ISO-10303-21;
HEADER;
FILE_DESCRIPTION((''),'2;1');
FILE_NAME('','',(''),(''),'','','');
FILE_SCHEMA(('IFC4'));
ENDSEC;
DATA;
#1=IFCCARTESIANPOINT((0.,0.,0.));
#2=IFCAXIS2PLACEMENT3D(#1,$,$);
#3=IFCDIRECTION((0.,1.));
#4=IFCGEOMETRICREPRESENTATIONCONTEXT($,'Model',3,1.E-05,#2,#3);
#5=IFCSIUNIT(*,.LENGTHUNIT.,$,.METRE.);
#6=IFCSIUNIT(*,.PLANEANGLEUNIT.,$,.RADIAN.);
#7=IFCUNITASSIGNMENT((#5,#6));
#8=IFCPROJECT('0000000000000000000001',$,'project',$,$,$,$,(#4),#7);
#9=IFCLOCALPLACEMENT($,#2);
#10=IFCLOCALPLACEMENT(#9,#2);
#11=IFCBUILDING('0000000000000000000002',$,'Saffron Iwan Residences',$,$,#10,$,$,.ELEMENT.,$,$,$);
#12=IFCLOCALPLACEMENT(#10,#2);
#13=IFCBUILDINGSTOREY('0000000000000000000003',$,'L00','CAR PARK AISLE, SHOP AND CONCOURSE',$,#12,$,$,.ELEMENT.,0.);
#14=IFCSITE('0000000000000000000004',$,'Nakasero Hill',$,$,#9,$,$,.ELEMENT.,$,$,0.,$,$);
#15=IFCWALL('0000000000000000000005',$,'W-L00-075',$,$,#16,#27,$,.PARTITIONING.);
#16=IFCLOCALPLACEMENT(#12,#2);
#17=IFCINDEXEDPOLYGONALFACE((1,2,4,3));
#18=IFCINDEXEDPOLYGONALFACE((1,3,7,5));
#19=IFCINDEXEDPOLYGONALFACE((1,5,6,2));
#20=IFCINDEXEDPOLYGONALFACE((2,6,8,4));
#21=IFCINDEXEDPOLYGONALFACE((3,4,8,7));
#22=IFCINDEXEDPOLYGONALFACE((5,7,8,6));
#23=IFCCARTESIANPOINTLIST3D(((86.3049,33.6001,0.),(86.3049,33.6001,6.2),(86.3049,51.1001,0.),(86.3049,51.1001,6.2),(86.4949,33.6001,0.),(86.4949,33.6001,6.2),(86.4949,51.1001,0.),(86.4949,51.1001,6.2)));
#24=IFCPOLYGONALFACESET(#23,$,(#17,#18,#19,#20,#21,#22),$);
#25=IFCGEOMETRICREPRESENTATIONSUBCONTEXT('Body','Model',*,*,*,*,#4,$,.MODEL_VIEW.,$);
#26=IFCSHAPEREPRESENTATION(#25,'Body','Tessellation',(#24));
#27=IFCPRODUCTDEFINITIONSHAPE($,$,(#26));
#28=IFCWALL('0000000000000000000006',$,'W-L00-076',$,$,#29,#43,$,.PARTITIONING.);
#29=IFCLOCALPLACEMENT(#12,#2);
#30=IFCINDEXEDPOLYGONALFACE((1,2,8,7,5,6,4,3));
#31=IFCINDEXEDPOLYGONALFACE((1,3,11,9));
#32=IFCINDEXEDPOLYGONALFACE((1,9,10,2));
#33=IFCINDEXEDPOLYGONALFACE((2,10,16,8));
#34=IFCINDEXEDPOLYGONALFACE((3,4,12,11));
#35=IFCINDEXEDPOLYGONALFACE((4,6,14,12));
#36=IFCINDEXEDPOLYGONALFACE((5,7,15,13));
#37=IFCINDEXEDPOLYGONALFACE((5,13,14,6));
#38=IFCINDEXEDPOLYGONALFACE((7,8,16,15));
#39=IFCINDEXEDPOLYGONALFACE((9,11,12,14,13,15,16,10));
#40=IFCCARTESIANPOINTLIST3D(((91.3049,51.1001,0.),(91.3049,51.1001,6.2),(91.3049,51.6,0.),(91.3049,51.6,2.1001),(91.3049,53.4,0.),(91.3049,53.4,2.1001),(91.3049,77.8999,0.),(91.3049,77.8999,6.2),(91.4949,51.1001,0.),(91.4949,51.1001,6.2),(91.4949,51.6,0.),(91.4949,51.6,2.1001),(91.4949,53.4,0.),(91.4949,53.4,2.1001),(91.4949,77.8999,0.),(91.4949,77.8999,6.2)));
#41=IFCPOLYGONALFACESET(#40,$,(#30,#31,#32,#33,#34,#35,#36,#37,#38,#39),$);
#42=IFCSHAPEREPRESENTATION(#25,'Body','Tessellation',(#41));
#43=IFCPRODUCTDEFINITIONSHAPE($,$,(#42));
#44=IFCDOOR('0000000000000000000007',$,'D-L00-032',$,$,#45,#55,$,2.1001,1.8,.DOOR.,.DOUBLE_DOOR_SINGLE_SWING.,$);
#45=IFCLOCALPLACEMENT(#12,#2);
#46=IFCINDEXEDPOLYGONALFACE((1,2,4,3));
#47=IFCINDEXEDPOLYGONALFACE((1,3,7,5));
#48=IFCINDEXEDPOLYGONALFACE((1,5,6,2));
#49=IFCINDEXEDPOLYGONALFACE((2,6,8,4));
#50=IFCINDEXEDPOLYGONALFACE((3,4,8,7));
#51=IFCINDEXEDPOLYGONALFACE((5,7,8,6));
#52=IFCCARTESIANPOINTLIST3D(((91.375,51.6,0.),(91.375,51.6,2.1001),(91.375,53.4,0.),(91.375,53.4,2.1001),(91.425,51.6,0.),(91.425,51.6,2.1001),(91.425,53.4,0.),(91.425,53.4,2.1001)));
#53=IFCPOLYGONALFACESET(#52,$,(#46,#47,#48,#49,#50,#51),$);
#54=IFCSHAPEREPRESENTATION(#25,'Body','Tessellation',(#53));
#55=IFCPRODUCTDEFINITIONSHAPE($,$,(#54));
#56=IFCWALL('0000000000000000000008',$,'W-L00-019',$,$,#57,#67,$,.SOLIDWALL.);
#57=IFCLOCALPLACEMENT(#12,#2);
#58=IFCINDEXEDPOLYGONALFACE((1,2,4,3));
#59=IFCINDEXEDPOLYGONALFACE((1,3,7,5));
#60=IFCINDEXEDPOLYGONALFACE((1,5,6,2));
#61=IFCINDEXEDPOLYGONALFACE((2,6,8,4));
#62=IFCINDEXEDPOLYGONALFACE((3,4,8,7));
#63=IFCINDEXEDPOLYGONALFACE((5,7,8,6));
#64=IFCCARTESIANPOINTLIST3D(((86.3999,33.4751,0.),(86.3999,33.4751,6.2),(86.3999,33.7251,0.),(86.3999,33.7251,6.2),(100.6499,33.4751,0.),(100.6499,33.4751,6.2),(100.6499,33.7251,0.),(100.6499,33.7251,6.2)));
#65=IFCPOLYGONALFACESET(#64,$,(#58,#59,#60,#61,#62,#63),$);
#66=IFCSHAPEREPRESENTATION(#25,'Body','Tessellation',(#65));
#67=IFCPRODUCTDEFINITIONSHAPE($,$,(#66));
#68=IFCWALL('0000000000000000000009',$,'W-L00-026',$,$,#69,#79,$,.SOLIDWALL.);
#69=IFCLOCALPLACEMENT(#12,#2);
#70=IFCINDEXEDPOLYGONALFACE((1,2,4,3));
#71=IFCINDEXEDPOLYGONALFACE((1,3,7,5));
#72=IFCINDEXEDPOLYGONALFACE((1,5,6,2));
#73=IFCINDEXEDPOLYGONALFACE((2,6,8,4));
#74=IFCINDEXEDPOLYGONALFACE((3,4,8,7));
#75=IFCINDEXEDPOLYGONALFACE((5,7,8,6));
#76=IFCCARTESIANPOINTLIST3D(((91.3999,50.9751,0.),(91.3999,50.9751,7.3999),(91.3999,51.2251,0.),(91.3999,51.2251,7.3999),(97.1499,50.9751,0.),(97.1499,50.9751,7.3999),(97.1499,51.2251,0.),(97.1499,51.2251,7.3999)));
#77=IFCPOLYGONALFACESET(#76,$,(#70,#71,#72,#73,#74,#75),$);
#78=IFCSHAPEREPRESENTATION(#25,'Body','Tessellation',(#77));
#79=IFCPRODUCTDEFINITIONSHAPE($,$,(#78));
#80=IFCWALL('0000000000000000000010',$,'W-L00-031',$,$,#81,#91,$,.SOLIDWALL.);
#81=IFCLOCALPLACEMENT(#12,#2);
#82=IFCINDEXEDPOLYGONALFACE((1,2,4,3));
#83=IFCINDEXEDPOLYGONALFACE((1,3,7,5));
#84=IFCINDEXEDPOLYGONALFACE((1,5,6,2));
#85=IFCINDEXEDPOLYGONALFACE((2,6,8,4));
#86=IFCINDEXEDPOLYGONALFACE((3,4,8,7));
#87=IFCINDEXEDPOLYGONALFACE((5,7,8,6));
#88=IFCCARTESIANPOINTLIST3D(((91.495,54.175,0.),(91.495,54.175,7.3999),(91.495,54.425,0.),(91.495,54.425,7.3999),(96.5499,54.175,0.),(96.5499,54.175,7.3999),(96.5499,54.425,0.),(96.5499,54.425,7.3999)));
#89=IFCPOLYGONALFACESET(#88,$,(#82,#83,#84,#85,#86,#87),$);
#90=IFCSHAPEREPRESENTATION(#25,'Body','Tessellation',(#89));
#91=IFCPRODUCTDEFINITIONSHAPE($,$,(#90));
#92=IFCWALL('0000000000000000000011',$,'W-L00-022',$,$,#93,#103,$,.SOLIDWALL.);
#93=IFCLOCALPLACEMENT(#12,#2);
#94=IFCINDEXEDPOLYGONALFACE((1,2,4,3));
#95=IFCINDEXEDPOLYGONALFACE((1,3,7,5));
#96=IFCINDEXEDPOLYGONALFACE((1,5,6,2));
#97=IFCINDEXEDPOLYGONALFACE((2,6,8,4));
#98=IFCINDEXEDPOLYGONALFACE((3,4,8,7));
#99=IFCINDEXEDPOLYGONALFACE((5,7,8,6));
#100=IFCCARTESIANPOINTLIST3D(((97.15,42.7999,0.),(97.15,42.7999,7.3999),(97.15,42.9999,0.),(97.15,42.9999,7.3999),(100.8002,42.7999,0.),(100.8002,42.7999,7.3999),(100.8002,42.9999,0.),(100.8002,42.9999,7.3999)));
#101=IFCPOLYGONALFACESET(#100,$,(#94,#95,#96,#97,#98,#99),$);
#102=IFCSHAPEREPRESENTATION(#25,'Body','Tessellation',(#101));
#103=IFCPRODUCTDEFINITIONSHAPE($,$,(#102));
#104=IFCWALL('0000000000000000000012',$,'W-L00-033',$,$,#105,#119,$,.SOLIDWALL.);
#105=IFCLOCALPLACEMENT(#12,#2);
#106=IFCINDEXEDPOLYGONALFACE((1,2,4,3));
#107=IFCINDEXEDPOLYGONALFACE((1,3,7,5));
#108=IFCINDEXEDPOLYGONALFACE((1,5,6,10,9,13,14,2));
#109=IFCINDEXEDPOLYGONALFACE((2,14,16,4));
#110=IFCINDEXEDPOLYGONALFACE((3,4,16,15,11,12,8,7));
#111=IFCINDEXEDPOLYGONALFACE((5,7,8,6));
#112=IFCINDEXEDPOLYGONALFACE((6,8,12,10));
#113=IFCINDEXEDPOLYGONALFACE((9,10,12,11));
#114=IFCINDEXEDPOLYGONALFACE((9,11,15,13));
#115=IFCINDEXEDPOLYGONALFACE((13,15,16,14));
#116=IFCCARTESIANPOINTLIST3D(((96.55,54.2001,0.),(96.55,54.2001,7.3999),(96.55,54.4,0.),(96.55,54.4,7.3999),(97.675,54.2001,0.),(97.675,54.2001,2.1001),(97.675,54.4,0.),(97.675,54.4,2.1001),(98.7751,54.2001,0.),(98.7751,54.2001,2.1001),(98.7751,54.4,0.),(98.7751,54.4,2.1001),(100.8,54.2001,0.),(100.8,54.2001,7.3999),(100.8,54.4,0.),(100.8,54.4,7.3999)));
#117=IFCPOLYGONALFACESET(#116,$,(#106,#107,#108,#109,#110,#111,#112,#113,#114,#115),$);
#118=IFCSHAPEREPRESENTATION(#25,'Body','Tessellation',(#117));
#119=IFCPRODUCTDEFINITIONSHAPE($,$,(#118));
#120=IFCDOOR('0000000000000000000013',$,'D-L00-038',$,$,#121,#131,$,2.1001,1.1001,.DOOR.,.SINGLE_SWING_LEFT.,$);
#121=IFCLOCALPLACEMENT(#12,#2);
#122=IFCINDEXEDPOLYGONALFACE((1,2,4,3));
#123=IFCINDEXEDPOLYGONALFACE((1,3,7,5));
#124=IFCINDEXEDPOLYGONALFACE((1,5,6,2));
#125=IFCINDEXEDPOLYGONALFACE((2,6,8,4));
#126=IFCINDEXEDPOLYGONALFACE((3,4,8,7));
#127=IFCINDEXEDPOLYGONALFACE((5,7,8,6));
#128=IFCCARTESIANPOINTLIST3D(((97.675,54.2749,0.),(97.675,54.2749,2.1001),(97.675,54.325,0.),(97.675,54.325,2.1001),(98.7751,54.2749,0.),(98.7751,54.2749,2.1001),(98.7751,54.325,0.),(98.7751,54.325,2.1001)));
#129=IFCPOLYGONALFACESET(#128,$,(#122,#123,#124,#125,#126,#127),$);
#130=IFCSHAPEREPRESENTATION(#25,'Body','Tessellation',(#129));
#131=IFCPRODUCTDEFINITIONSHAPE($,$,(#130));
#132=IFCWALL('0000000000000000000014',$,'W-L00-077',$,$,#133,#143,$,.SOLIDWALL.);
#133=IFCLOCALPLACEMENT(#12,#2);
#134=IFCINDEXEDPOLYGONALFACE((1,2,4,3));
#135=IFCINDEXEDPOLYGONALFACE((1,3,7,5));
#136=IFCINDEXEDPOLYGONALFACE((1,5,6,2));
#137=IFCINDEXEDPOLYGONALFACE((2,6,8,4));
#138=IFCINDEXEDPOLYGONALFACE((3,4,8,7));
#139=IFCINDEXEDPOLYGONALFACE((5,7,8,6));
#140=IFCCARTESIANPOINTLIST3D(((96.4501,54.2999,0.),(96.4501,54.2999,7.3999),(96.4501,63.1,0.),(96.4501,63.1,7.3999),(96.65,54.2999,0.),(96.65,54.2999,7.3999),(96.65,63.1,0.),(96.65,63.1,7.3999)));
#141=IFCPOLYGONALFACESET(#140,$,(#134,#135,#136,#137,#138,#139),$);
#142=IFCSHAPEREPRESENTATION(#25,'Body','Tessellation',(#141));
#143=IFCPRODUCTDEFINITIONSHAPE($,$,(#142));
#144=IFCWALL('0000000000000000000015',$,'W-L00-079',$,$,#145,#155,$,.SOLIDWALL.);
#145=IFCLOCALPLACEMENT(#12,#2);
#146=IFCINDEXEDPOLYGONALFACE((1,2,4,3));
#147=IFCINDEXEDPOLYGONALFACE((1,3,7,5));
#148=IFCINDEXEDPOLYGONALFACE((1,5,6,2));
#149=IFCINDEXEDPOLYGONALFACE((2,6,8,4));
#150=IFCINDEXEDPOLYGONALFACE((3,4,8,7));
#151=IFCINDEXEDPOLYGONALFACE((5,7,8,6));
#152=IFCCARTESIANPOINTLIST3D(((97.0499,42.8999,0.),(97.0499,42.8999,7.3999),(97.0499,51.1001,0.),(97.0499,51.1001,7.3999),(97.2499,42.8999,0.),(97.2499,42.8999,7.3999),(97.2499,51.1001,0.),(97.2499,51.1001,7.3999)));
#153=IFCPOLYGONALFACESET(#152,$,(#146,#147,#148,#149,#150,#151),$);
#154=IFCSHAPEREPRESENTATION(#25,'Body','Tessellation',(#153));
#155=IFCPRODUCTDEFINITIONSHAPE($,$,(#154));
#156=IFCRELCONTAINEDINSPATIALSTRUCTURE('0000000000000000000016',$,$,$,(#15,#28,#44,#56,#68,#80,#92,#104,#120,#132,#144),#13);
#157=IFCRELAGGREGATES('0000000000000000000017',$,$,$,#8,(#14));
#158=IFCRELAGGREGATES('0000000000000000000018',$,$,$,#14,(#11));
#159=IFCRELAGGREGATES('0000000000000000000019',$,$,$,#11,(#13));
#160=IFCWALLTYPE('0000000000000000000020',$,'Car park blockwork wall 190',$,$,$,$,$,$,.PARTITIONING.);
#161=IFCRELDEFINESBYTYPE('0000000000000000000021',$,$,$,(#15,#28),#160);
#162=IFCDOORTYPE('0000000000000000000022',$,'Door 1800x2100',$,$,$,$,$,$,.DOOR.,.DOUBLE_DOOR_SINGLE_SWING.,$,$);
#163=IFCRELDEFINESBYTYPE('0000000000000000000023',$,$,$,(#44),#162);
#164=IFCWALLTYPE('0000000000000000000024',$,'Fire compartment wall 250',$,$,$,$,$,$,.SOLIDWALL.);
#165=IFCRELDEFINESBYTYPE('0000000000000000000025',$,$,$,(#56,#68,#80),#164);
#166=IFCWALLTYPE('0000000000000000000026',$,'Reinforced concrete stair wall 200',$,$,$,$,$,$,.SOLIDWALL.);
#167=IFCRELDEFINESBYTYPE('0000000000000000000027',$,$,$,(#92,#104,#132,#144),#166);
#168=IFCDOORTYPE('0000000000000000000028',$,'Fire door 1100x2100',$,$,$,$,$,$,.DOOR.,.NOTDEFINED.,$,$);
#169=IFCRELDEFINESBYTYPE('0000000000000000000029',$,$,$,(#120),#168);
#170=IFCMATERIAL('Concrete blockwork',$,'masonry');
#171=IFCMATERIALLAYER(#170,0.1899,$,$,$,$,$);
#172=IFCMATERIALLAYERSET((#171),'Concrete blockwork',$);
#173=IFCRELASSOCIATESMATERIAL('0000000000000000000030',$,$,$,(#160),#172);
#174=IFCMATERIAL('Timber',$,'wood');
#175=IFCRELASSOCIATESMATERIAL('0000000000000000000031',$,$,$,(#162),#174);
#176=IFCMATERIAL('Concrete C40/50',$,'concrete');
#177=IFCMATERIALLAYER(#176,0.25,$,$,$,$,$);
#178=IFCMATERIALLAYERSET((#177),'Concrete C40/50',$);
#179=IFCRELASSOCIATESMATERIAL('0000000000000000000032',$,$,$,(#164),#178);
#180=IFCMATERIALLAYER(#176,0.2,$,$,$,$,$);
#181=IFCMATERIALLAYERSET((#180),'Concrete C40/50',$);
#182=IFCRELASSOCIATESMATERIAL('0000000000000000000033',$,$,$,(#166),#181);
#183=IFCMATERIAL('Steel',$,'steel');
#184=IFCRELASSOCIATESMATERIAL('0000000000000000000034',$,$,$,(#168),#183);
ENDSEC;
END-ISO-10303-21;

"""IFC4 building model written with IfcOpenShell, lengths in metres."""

from ifc_helpers import new_model, si_unit, direction, frame, frame_2d, origin, place, context, subcontext, project, spatial, rectangle, extrude, material, layer, layer_set, type_object, element, fill, save


model = new_model("IFC4")

# Units and contexts
model_context = context("Model", 3, precision=1e-05, world=origin(), true_north=direction((0.0, 1.0)))
body_context = subcontext(model_context, "Body", "Model", "MODEL_VIEW")
ifc_project = project(units=[si_unit("LENGTHUNIT", "METRE"), si_unit("PLANEANGLEUNIT", "RADIAN")], contexts=[model_context])

# Site, building, storey
site_placement = place(None, origin())
site = spatial("IfcSite", under=ifc_project, at=site_placement, Name="Nakasero Hill", CompositionType="ELEMENT", RefElevation=0.0)
building_placement = place(site_placement, origin())
building = spatial("IfcBuilding", under=site, at=building_placement, Name="Saffron Iwan Residences", CompositionType="ELEMENT")
storey_placement = place(building_placement, origin())
storey = spatial("IfcBuildingStorey", under=building, at=storey_placement, Name="L00", Description="CAR PARK AISLE, SHOP AND CONCOURSE", CompositionType="ELEMENT", Elevation=0.0)

# Wall
ifc_material_1 = material(Name="Concrete blockwork", Category="masonry")
ifc_layer_1 = layer(ifc_material_1, 0.1899)
ifc_layer_set_1 = layer_set([ifc_layer_1], Name="Concrete blockwork")
wall_type_1 = type_object("IfcWallType", Name="Car park blockwork wall 190", PredefinedType="PARTITIONING", material=ifc_layer_set_1)
wall_1_placement = place(storey_placement, frame((86.3999, 33.6001, 0.0), z_axis=(0.0, 0.0, 1.0), x_axis=(0.0, 1.0, 0.0)))
element("IfcWall", 1, at=wall_1_placement, inside=storey, type_object=wall_type_1, Name="W-L00-075", PredefinedType="PARTITIONING", context=body_context, shape_type="SweptSolid", body=[
    extrude(rectangle(XDim=17.5, YDim=0.1899, at=frame_2d((8.75, 0.0))), origin(), (0.0, 0.0, 1.0), 6.2),
])

# Wall, opening, door
wall_2_placement = place(storey_placement, frame((91.3999, 51.1001, 0.0), z_axis=(0.0, 0.0, 1.0), x_axis=(0.0, 1.0, 0.0)))
wall_2 = element("IfcWall", 2, at=wall_2_placement, inside=storey, type_object=wall_type_1, Name="W-L00-076", PredefinedType="PARTITIONING", context=body_context, shape_type="SweptSolid", body=[
    extrude(rectangle(XDim=26.7998, YDim=0.1899, at=frame_2d((13.3999, 0.0))), origin(), (0.0, 0.0, 1.0), 6.2),
])
opening_1_placement = place(wall_2_placement, frame((0.5, 0.0, 0.0)))
opening_1 = element("IfcOpeningElement", 3, at=opening_1_placement, cuts=wall_2, PredefinedType="OPENING", context=body_context, shape_type="SweptSolid", body=[
    extrude(rectangle(XDim=1.8, YDim=2.1001, at=frame_2d((0.8999, 1.05))), frame((0.0, 0.105, 0.0), z_axis=(0.0, -1.0, 0.0), x_axis=(1.0, 0.0, 0.0)), (0.0, 0.0, 1.0), 0.21),
])
ifc_material_2 = material(Name="Timber", Category="wood")
door_type_1 = type_object("IfcDoorType", Name="Door 1800x2100", OperationType="DOUBLE_DOOR_SINGLE_SWING", PredefinedType="DOOR", material=ifc_material_2)
door_1_placement = place(opening_1_placement, origin())
door_1 = element("IfcDoor", 4, at=door_1_placement, inside=storey, type_object=door_type_1, Name="D-L00-032", OperationType="DOUBLE_DOOR_SINGLE_SWING", OverallHeight=2.1001, OverallWidth=1.8, PredefinedType="DOOR", context=body_context, shape_type="SweptSolid", body=[
    extrude(rectangle(XDim=1.8, YDim=2.1001, at=frame_2d((0.8999, 1.05))), frame((0.0, 0.0249, 0.0), z_axis=(0.0, -1.0, 0.0), x_axis=(1.0, 0.0, 0.0)), (0.0, 0.0, 1.0), 0.05),
])
fill(opening_1, door_1)

# Walls
ifc_material_3 = material(Name="Concrete C40/50", Category="concrete")
ifc_layer_2 = layer(ifc_material_3, 0.25)
ifc_layer_set_2 = layer_set([ifc_layer_2], Name="Concrete C40/50")
wall_type_2 = type_object("IfcWallType", Name="Fire compartment wall 250", PredefinedType="SOLIDWALL", material=ifc_layer_set_2)
wall_3_placement = place(storey_placement, frame((86.3999, 33.6001, 0.0), z_axis=(0.0, 0.0, 1.0), x_axis=(1.0, 0.0, 0.0)))
element("IfcWall", 5, at=wall_3_placement, inside=storey, type_object=wall_type_2, Name="W-L00-019", PredefinedType="SOLIDWALL", context=body_context, shape_type="SweptSolid", body=[
    extrude(rectangle(XDim=14.25, YDim=0.25, at=frame_2d((7.125, 0.0))), origin(), (0.0, 0.0, 1.0), 6.2),
])
wall_4_placement = place(storey_placement, frame((91.3999, 51.1001, 0.0), z_axis=(0.0, 0.0, 1.0), x_axis=(1.0, 0.0, 0.0)))
element("IfcWall", 6, at=wall_4_placement, inside=storey, type_object=wall_type_2, Name="W-L00-026", PredefinedType="SOLIDWALL", context=body_context, shape_type="SweptSolid", body=[
    extrude(rectangle(XDim=5.75, YDim=0.25, at=frame_2d((2.875, 0.0))), origin(), (0.0, 0.0, 1.0), 7.3999),
])
wall_5_placement = place(storey_placement, frame((91.4951, 54.3, 0.0), z_axis=(0.0, 0.0, 1.0), x_axis=(1.0, 0.0, 0.0)))
element("IfcWall", 7, at=wall_5_placement, inside=storey, type_object=wall_type_2, Name="W-L00-031", PredefinedType="SOLIDWALL", context=body_context, shape_type="SweptSolid", body=[
    extrude(rectangle(XDim=5.0549, YDim=0.25, at=frame_2d((2.5273, 0.0))), origin(), (0.0, 0.0, 1.0), 7.3999),
])
ifc_layer_3 = layer(ifc_material_3, 0.2)
ifc_layer_set_3 = layer_set([ifc_layer_3], Name="Concrete C40/50")
wall_type_3 = type_object("IfcWallType", Name="Reinforced concrete stair wall 200", PredefinedType="SOLIDWALL", material=ifc_layer_set_3)
wall_6_placement = place(storey_placement, frame((97.1499, 42.8999, 0.0), z_axis=(0.0, 0.0, 1.0), x_axis=(1.0, 0.0, 0.0)))
element("IfcWall", 8, at=wall_6_placement, inside=storey, type_object=wall_type_3, Name="W-L00-022", PredefinedType="SOLIDWALL", context=body_context, shape_type="SweptSolid", body=[
    extrude(rectangle(XDim=3.6501, YDim=0.2, at=frame_2d((1.8252, 0.0))), origin(), (0.0, 0.0, 1.0), 7.3999),
])

# Wall, opening, door
wall_7_placement = place(storey_placement, frame((96.55, 54.3, 0.0), z_axis=(0.0, 0.0, 1.0), x_axis=(1.0, 0.0, 0.0)))
wall_7 = element("IfcWall", 9, at=wall_7_placement, inside=storey, type_object=wall_type_3, Name="W-L00-033", PredefinedType="SOLIDWALL", context=body_context, shape_type="SweptSolid", body=[
    extrude(rectangle(XDim=4.25, YDim=0.2, at=frame_2d((2.125, 0.0))), origin(), (0.0, 0.0, 1.0), 7.3999),
])
opening_2_placement = place(wall_7_placement, frame((1.125, 0.0, 0.0)))
opening_2 = element("IfcOpeningElement", 10, at=opening_2_placement, cuts=wall_7, PredefinedType="OPENING", context=body_context, shape_type="SweptSolid", body=[
    extrude(rectangle(XDim=1.1001, YDim=2.1001, at=frame_2d((0.55, 1.05))), frame((0.0, 0.1099, 0.0), z_axis=(0.0, -1.0, 0.0), x_axis=(1.0, 0.0, 0.0)), (0.0, 0.0, 1.0), 0.22),
])
ifc_material_4 = material(Name="Steel", Category="steel")
door_type_2 = type_object("IfcDoorType", Name="Fire door 1100x2100", OperationType="NOTDEFINED", PredefinedType="DOOR", material=ifc_material_4)
door_2_placement = place(opening_2_placement, origin())
door_2 = element("IfcDoor", 11, at=door_2_placement, inside=storey, type_object=door_type_2, Name="D-L00-038", OperationType="SINGLE_SWING_LEFT", OverallHeight=2.1001, OverallWidth=1.1001, PredefinedType="DOOR", context=body_context, shape_type="SweptSolid", body=[
    extrude(rectangle(XDim=1.1001, YDim=2.1001, at=frame_2d((0.55, 1.05))), frame((0.0, 0.0249, 0.0), z_axis=(0.0, -1.0, 0.0), x_axis=(1.0, 0.0, 0.0)), (0.0, 0.0, 1.0), 0.05),
])
fill(opening_2, door_2)

# Walls
wall_8_placement = place(storey_placement, frame((96.55, 54.3, 0.0), z_axis=(0.0, 0.0, 1.0), x_axis=(0.0, 1.0, 0.0)))
element("IfcWall", 12, at=wall_8_placement, inside=storey, type_object=wall_type_3, Name="W-L00-077", PredefinedType="SOLIDWALL", context=body_context, shape_type="SweptSolid", body=[
    extrude(rectangle(XDim=8.8, YDim=0.2, at=frame_2d((4.3999, 0.0))), origin(), (0.0, 0.0, 1.0), 7.3999),
])
wall_9_placement = place(storey_placement, frame((97.1499, 42.8999, 0.0), z_axis=(0.0, 0.0, 1.0), x_axis=(0.0, 1.0, 0.0)))
element("IfcWall", 13, at=wall_9_placement, inside=storey, type_object=wall_type_3, Name="W-L00-079", PredefinedType="SOLIDWALL", context=body_context, shape_type="SweptSolid", body=[
    extrude(rectangle(XDim=8.2002, YDim=0.2, at=frame_2d((4.1001, 0.0))), origin(), (0.0, 0.0, 1.0), 7.3999),
])

save(model, "model.ifc")
